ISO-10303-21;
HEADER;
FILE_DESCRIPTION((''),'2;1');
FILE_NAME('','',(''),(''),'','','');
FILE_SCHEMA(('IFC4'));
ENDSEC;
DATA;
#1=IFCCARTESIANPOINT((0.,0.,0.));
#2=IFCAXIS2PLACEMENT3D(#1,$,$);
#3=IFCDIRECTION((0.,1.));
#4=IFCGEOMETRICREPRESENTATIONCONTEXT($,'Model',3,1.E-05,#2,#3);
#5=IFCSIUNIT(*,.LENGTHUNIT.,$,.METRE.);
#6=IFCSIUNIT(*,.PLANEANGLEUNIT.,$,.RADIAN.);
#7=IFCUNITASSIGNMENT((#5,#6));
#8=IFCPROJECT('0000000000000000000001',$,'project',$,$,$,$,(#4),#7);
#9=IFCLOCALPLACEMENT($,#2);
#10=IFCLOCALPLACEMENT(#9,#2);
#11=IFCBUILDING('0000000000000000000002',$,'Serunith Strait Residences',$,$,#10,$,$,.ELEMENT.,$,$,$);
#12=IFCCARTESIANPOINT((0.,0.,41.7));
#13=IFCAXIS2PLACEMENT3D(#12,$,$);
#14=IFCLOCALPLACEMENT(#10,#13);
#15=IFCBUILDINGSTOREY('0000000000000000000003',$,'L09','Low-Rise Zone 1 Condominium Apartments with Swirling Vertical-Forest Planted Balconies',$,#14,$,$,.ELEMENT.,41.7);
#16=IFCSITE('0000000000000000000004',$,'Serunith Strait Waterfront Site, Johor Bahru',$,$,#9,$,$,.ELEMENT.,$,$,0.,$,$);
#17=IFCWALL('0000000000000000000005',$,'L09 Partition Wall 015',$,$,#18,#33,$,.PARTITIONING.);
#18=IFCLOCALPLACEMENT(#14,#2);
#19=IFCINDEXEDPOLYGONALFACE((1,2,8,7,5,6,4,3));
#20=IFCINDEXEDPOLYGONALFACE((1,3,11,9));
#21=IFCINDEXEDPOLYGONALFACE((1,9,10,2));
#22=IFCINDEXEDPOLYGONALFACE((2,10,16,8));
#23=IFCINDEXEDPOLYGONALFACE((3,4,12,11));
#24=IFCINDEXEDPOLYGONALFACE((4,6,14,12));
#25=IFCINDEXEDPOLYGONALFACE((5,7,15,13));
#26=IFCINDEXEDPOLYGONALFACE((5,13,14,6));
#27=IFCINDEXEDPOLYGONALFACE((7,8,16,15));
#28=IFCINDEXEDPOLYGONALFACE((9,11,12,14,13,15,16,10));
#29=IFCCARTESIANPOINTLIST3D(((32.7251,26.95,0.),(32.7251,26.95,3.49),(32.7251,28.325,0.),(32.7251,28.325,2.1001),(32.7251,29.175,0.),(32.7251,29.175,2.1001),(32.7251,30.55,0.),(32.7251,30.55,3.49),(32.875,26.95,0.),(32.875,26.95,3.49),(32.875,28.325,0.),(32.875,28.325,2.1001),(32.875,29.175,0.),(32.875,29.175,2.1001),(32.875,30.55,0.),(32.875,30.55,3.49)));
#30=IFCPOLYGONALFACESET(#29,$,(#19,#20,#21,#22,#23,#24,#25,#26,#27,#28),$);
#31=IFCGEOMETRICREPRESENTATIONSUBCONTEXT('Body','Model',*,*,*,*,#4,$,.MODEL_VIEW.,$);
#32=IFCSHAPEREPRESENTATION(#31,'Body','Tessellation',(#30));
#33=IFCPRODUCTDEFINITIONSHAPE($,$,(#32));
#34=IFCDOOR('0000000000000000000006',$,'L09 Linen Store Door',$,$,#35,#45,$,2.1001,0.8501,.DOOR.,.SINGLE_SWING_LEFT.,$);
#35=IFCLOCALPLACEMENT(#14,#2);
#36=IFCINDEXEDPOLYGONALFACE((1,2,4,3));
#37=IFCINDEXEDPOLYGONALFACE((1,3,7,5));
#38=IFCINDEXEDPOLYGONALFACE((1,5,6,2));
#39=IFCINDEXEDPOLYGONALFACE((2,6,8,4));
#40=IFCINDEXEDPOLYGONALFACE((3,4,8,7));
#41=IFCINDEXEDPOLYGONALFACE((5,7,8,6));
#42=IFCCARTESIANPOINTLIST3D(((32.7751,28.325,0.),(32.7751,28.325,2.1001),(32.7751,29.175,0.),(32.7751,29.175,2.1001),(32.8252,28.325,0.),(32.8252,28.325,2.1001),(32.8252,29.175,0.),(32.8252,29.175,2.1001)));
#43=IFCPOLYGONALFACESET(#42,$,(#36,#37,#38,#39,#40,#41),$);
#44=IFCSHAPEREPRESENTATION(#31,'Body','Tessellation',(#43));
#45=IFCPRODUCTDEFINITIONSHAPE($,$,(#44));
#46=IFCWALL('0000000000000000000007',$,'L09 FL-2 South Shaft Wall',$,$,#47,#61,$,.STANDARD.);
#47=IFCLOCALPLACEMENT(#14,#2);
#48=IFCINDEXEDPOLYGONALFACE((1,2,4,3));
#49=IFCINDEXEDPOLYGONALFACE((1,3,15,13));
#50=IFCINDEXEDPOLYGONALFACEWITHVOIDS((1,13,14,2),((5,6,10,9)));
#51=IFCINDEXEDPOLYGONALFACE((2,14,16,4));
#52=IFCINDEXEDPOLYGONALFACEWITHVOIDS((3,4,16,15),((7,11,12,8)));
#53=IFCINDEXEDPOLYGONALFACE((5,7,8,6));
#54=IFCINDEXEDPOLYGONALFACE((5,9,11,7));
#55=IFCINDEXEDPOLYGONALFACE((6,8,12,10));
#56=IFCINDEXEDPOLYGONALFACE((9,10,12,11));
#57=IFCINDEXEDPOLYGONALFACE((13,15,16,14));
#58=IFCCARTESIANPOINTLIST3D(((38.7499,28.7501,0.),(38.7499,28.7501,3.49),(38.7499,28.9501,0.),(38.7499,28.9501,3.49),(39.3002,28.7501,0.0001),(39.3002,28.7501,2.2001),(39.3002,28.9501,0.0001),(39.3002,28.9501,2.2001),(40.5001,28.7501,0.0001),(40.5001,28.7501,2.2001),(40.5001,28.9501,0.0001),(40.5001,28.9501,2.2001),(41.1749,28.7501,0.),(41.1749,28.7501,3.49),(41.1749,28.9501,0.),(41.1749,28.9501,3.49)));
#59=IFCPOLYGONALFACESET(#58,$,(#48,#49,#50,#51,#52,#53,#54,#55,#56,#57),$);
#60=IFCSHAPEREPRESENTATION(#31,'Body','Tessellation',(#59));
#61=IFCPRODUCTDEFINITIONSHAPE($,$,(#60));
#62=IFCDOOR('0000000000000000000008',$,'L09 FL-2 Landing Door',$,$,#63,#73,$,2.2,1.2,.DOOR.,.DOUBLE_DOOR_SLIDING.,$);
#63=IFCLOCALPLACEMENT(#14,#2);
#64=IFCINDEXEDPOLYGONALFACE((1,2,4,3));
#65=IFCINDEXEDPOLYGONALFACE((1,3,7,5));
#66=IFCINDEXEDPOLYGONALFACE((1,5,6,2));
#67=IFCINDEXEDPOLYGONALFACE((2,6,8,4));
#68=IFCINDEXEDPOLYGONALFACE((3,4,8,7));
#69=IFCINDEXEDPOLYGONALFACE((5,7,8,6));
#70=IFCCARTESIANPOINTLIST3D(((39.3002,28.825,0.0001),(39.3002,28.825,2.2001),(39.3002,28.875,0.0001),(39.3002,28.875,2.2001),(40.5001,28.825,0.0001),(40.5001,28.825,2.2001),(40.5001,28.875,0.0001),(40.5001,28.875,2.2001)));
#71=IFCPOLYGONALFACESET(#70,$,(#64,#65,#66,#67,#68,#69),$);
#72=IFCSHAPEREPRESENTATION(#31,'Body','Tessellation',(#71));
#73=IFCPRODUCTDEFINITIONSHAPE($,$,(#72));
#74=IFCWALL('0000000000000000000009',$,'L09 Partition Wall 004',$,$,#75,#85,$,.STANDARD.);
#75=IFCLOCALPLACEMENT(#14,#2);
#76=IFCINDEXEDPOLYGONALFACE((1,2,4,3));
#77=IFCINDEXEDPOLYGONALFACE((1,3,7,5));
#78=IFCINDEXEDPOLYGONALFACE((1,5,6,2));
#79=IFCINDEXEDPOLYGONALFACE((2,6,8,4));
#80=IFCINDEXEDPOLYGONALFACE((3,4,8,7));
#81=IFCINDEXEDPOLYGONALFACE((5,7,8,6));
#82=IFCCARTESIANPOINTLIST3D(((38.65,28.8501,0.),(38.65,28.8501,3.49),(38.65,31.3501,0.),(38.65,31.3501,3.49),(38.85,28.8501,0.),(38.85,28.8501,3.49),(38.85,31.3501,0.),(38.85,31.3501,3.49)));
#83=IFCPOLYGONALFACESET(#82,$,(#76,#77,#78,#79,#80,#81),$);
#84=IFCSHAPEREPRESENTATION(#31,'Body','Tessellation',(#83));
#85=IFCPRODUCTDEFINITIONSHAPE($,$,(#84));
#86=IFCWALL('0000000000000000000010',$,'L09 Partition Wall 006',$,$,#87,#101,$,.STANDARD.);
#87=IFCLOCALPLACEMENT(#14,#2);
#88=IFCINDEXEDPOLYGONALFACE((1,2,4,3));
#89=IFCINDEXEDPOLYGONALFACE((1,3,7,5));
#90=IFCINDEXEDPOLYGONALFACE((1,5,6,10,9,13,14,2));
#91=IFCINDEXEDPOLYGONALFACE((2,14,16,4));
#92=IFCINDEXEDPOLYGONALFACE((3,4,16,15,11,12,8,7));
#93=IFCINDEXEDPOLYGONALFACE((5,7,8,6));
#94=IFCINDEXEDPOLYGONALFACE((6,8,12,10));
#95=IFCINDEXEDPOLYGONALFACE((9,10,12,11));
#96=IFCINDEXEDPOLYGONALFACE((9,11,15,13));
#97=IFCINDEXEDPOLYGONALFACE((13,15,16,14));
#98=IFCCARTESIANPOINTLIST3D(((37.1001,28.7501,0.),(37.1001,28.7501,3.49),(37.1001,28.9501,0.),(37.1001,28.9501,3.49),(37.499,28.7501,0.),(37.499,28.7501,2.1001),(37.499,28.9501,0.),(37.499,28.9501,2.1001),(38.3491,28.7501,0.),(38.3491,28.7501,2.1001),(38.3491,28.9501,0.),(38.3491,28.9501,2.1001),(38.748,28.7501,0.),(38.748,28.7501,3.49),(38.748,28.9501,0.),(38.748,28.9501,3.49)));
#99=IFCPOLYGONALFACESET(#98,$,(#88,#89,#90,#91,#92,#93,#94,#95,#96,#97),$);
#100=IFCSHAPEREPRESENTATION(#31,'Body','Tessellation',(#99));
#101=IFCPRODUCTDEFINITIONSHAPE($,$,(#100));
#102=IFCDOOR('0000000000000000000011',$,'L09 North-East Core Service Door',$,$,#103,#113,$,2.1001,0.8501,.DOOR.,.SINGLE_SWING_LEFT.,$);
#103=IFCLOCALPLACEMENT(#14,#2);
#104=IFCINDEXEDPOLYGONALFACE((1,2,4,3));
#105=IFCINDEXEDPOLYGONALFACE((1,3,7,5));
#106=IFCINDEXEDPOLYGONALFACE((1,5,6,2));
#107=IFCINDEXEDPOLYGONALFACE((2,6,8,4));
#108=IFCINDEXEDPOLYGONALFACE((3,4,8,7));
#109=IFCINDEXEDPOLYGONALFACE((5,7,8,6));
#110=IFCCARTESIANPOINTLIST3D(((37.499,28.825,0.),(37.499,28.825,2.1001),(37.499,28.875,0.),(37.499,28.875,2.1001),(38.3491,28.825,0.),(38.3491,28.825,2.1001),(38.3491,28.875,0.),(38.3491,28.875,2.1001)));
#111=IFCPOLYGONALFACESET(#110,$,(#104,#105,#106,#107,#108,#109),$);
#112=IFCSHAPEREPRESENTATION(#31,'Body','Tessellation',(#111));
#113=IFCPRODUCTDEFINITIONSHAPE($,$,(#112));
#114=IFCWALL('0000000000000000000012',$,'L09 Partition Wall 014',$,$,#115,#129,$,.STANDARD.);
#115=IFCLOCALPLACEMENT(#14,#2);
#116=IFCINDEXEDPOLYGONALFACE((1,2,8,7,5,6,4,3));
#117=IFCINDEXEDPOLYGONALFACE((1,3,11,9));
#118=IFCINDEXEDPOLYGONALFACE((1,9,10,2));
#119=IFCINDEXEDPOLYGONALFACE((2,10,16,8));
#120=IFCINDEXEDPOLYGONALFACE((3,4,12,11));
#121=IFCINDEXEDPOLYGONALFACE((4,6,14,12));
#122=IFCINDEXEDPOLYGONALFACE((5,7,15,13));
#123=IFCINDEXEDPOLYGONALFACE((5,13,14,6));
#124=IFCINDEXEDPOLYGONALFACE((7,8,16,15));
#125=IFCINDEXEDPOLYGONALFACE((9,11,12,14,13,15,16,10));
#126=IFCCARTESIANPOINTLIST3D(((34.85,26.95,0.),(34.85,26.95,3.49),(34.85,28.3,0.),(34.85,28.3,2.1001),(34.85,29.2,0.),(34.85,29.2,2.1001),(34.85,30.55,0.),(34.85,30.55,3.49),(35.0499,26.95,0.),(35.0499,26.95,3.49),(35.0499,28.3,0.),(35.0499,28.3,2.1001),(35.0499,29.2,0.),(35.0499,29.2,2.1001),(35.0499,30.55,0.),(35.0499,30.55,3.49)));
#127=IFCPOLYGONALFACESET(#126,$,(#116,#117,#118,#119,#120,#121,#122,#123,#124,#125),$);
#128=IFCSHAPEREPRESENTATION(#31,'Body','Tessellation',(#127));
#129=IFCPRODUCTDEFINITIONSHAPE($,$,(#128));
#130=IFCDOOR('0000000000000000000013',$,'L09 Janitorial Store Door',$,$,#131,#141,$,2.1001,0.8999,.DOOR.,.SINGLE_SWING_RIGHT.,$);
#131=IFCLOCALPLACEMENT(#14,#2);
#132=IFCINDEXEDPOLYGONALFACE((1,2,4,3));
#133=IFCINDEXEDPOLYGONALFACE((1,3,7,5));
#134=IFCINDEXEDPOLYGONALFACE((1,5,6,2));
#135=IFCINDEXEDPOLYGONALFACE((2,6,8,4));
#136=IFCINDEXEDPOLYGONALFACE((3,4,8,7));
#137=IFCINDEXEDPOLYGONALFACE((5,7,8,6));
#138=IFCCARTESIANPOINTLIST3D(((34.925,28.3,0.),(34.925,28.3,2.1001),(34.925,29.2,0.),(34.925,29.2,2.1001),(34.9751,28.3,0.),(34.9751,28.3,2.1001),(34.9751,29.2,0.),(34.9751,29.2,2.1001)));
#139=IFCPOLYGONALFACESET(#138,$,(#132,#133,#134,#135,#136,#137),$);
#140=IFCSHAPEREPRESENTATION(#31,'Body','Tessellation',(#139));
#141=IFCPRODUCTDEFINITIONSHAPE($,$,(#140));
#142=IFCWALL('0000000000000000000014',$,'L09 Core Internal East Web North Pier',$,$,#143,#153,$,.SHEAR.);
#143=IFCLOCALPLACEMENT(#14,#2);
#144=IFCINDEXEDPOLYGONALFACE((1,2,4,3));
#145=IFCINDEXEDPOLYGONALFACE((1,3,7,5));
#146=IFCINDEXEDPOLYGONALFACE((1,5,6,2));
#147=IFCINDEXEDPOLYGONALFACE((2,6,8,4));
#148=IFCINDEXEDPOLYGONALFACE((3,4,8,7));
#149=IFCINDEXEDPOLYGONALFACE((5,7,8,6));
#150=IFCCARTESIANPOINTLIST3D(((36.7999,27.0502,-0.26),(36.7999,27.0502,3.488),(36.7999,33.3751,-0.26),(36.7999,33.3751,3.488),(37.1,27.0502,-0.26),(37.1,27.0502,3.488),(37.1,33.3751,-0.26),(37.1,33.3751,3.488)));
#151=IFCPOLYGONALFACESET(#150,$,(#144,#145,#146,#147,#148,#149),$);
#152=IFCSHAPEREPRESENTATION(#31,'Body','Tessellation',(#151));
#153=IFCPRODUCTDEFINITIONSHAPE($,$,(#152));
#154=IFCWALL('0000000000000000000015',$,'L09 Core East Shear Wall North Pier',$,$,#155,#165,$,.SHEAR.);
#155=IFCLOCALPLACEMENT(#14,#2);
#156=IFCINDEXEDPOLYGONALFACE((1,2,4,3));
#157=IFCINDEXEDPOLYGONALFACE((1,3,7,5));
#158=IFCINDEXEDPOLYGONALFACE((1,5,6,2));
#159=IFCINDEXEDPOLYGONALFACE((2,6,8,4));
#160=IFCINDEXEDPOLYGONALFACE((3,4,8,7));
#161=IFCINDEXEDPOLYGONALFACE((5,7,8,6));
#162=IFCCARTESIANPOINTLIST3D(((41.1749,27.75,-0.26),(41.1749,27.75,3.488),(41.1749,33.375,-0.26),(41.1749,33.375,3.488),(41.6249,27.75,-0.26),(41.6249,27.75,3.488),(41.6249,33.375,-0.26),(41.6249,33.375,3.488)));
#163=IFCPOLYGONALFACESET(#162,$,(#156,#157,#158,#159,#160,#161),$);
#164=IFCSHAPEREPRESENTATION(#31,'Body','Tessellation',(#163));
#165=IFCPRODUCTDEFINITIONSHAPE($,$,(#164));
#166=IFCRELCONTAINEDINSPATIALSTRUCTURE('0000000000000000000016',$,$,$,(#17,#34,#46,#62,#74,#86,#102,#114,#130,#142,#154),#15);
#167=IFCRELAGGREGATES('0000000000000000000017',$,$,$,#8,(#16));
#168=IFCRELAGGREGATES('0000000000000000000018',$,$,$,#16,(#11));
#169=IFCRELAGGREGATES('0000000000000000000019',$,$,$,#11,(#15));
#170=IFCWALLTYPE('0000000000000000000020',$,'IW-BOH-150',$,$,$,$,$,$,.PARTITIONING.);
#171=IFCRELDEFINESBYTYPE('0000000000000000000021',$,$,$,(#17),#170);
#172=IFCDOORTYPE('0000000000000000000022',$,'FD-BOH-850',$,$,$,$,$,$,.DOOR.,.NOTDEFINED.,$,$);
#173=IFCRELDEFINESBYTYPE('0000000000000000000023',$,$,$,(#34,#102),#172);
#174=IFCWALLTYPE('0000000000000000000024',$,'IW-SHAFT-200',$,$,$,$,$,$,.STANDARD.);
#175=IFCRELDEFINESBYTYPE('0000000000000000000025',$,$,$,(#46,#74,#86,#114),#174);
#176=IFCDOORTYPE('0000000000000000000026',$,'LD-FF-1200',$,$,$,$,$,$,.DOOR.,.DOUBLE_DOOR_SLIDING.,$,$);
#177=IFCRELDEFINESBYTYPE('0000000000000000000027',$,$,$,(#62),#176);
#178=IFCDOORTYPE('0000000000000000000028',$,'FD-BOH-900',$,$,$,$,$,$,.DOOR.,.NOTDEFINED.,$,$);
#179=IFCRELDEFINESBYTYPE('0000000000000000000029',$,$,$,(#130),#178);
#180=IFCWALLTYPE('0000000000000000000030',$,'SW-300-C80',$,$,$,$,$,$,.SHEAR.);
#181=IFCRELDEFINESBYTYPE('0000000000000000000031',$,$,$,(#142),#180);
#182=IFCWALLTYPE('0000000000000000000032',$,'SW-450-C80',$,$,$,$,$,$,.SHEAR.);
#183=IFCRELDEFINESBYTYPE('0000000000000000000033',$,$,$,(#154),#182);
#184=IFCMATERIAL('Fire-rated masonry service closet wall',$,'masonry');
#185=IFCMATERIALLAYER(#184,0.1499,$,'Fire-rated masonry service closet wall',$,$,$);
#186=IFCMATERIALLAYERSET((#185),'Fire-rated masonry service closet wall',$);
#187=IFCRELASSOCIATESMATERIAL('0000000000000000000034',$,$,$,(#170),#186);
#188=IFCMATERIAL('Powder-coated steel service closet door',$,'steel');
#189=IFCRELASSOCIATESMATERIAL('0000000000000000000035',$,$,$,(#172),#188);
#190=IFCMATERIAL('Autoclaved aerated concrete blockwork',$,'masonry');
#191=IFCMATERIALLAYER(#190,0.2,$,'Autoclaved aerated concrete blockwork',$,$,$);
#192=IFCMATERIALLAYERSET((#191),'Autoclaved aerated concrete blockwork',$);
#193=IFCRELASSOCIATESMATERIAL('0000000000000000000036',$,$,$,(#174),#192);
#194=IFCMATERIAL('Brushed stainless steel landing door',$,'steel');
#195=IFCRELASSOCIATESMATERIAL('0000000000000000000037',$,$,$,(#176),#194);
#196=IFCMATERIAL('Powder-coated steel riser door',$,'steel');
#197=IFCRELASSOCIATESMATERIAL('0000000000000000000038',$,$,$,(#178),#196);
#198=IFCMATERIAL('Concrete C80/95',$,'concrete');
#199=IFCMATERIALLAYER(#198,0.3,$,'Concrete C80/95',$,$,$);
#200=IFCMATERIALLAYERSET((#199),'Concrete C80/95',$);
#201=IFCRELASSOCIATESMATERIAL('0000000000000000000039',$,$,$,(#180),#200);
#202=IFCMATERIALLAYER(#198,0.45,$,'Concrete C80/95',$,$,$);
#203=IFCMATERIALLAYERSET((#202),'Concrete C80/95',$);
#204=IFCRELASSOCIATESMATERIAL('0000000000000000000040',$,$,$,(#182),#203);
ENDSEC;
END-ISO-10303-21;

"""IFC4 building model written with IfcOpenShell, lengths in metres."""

from ifc_helpers import new_model, si_unit, direction, frame, frame_2d, origin, place, context, subcontext, project, spatial, rectangle, extrude, source, transform, mapped, material, layer, layer_set, type_object, element, fill, save


model = new_model("IFC4")

# Units and contexts
model_context = context("Model", 3, precision=1e-05, world=origin(), true_north=direction((0.0, 1.0)))
body_context = subcontext(model_context, "Body", "Model", "MODEL_VIEW")
ifc_project = project(units=[si_unit("LENGTHUNIT", "METRE"), si_unit("PLANEANGLEUNIT", "RADIAN")], contexts=[model_context])

# Site, building, storey
site_placement = place(None, origin())
site = spatial("IfcSite", under=ifc_project, at=site_placement, Name="Serunith Strait Waterfront Site, Johor Bahru", CompositionType="ELEMENT", RefElevation=0.0)
building_placement = place(site_placement, origin())
building = spatial("IfcBuilding", under=site, at=building_placement, Name="Serunith Strait Residences", CompositionType="ELEMENT")
storey_placement = place(building_placement, frame((0.0, 0.0, 41.7)))
storey = spatial("IfcBuildingStorey", under=building, at=storey_placement, Name="L09", Description="Low-Rise Zone 1 Condominium Apartments with Swirling Vertical-Forest Planted Balconies", CompositionType="ELEMENT", Elevation=41.7)

# Walls, openings, doors
ifc_material_1 = material(Name="Fire-rated masonry service closet wall", Category="masonry")
ifc_layer_1 = layer(ifc_material_1, 0.1499, Name="Fire-rated masonry service closet wall")
ifc_layer_set_1 = layer_set([ifc_layer_1], Name="Fire-rated masonry service closet wall")
wall_type_1 = type_object("IfcWallType", Name="IW-BOH-150", PredefinedType="PARTITIONING", material=ifc_layer_set_1)
wall_1_placement = place(storey_placement, frame((32.8, 26.95, 0.0), z_axis=(0.0, 0.0, 1.0), x_axis=(0.0, 1.0, 0.0)))
wall_1 = element("IfcWall", 1, at=wall_1_placement, inside=storey, type_object=wall_type_1, Name="L09 Partition Wall 015", PredefinedType="PARTITIONING", context=body_context, shape_type="SweptSolid", body=[
    extrude(rectangle(XDim=3.6001, YDim=0.1499, at=frame_2d((1.8, 0.0))), origin(), (0.0, 0.0, 1.0), 3.49),
])
opening_1_placement = place(wall_1_placement, frame((1.375, 0.0, 0.0)))
opening_1 = element("IfcOpeningElement", 2, at=opening_1_placement, cuts=wall_1, PredefinedType="OPENING", context=body_context, shape_type="SweptSolid", body=[
    extrude(rectangle(XDim=0.8501, YDim=2.1001, at=frame_2d((0.425, 1.05))), frame((0.0, 0.085, 0.0), z_axis=(0.0, -1.0, 0.0), x_axis=(1.0, 0.0, 0.0)), (0.0, 0.0, 1.0), 0.1699),
])
ifc_material_2 = material(Name="Powder-coated steel service closet door", Category="steel")
door_type_1 = type_object("IfcDoorType", Name="FD-BOH-850", OperationType="NOTDEFINED", PredefinedType="DOOR", material=ifc_material_2)
shared_shape_1 = source(origin(), body_context, "Body", "SweptSolid", [
    extrude(rectangle(XDim=0.8501, YDim=2.1001, at=frame_2d((0.425, 1.05))), frame((0.0, 0.0249, 0.0), z_axis=(0.0, -1.0, 0.0), x_axis=(1.0, 0.0, 0.0)), (0.0, 0.0, 1.0), 0.05),
])
door_1_placement = place(opening_1_placement, origin())
door_1 = element("IfcDoor", 3, at=door_1_placement, inside=storey, type_object=door_type_1, Name="L09 Linen Store Door", OperationType="SINGLE_SWING_LEFT", OverallHeight=2.1001, OverallWidth=0.8501, PredefinedType="DOOR", context=body_context, shape_type="MappedRepresentation", body=[
    mapped(shared_shape_1, transform((0.0, 0.0, 0.0), scale=1.0)),
])
fill(opening_1, door_1)
ifc_material_3 = material(Name="Autoclaved aerated concrete blockwork", Category="masonry")
ifc_layer_2 = layer(ifc_material_3, 0.2, Name="Autoclaved aerated concrete blockwork")
ifc_layer_set_2 = layer_set([ifc_layer_2], Name="Autoclaved aerated concrete blockwork")
wall_type_2 = type_object("IfcWallType", Name="IW-SHAFT-200", PredefinedType="STANDARD", material=ifc_layer_set_2)
wall_2_placement = place(storey_placement, frame((38.75, 28.8501, 0.0), z_axis=(0.0, 0.0, 1.0), x_axis=(1.0, 0.0, 0.0)))
wall_2 = element("IfcWall", 4, at=wall_2_placement, inside=storey, type_object=wall_type_2, Name="L09 FL-2 South Shaft Wall", PredefinedType="STANDARD", context=body_context, shape_type="SweptSolid", body=[
    extrude(rectangle(XDim=2.425, YDim=0.2, at=frame_2d((1.2124, 0.0))), origin(), (0.0, 0.0, 1.0), 3.49),
])
opening_2_placement = place(wall_2_placement, frame((0.55, 0.0, 0.0)))
opening_2 = element("IfcOpeningElement", 5, at=opening_2_placement, cuts=wall_2, PredefinedType="OPENING", context=body_context, shape_type="SweptSolid", body=[
    extrude(rectangle(XDim=1.2, YDim=2.2, at=frame_2d((0.6001, 1.1001))), frame((0.0, 0.1099, 0.0), z_axis=(0.0, -1.0, 0.0), x_axis=(1.0, 0.0, 0.0)), (0.0, 0.0, 1.0), 0.22),
])
ifc_material_4 = material(Name="Brushed stainless steel landing door", Category="steel")
door_type_2 = type_object("IfcDoorType", Name="LD-FF-1200", OperationType="DOUBLE_DOOR_SLIDING", PredefinedType="DOOR", material=ifc_material_4)
shared_shape_2 = source(origin(), body_context, "Body", "SweptSolid", [
    extrude(rectangle(XDim=1.2, YDim=2.2, at=frame_2d((0.6001, 1.1001))), frame((0.0, 0.0249, 0.0), z_axis=(0.0, -1.0, 0.0), x_axis=(1.0, 0.0, 0.0)), (0.0, 0.0, 1.0), 0.05),
])
door_2_placement = place(opening_2_placement, origin())
door_2 = element("IfcDoor", 6, at=door_2_placement, inside=storey, type_object=door_type_2, Name="L09 FL-2 Landing Door", OperationType="DOUBLE_DOOR_SLIDING", OverallHeight=2.2, OverallWidth=1.2, PredefinedType="DOOR", context=body_context, shape_type="MappedRepresentation", body=[
    mapped(shared_shape_2, transform((0.0, 0.0, 0.0), scale=1.0)),
])
fill(opening_2, door_2)

# Wall
wall_3_placement = place(storey_placement, frame((38.75, 28.8501, 0.0), z_axis=(0.0, 0.0, 1.0), x_axis=(0.0, 1.0, 0.0)))
element("IfcWall", 7, at=wall_3_placement, inside=storey, type_object=wall_type_2, Name="L09 Partition Wall 004", PredefinedType="STANDARD", context=body_context, shape_type="SweptSolid", body=[
    extrude(rectangle(XDim=2.5, YDim=0.2, at=frame_2d((1.25, 0.0))), origin(), (0.0, 0.0, 1.0), 3.49),
])

# Walls, openings, doors
wall_4_placement = place(storey_placement, frame((37.1001, 28.8501, 0.0), z_axis=(0.0, 0.0, 1.0), x_axis=(1.0, 0.0, 0.0)))
wall_4 = element("IfcWall", 8, at=wall_4_placement, inside=storey, type_object=wall_type_2, Name="L09 Partition Wall 006", PredefinedType="STANDARD", context=body_context, shape_type="SweptSolid", body=[
    extrude(rectangle(XDim=1.6479, YDim=0.2, at=frame_2d((0.824, 0.0))), origin(), (0.0, 0.0, 1.0), 3.49),
])
opening_3_placement = place(wall_4_placement, frame((0.3989, 0.0, 0.0)))
opening_3 = element("IfcOpeningElement", 9, at=opening_3_placement, cuts=wall_4, PredefinedType="OPENING", context=body_context, shape_type="SweptSolid", body=[
    extrude(rectangle(XDim=0.8501, YDim=2.1001, at=frame_2d((0.425, 1.05))), frame((0.0, 0.1099, 0.0), z_axis=(0.0, -1.0, 0.0), x_axis=(1.0, 0.0, 0.0)), (0.0, 0.0, 1.0), 0.22),
])
door_3_placement = place(opening_3_placement, origin())
door_3 = element("IfcDoor", 10, at=door_3_placement, inside=storey, type_object=door_type_1, Name="L09 North-East Core Service Door", OperationType="SINGLE_SWING_LEFT", OverallHeight=2.1001, OverallWidth=0.8501, PredefinedType="DOOR", context=body_context, shape_type="MappedRepresentation", body=[
    mapped(shared_shape_1, transform((0.0, 0.0, 0.0), scale=1.0)),
])
fill(opening_3, door_3)
wall_5_placement = place(storey_placement, frame((34.95, 26.95, 0.0), z_axis=(0.0, 0.0, 1.0), x_axis=(0.0, 1.0, 0.0)))
wall_5 = element("IfcWall", 11, at=wall_5_placement, inside=storey, type_object=wall_type_2, Name="L09 Partition Wall 014", PredefinedType="STANDARD", context=body_context, shape_type="SweptSolid", body=[
    extrude(rectangle(XDim=3.6001, YDim=0.2, at=frame_2d((1.8, 0.0))), origin(), (0.0, 0.0, 1.0), 3.49),
])
opening_4_placement = place(wall_5_placement, frame((1.3501, 0.0, 0.0)))
opening_4 = element("IfcOpeningElement", 12, at=opening_4_placement, cuts=wall_5, PredefinedType="OPENING", context=body_context, shape_type="SweptSolid", body=[
    extrude(rectangle(XDim=0.8999, YDim=2.1001, at=frame_2d((0.45, 1.05))), frame((0.0, 0.1099, 0.0), z_axis=(0.0, -1.0, 0.0), x_axis=(1.0, 0.0, 0.0)), (0.0, 0.0, 1.0), 0.22),
])
ifc_material_5 = material(Name="Powder-coated steel riser door", Category="steel")
door_type_3 = type_object("IfcDoorType", Name="FD-BOH-900", OperationType="NOTDEFINED", PredefinedType="DOOR", material=ifc_material_5)
shared_shape_3 = source(origin(), body_context, "Body", "SweptSolid", [
    extrude(rectangle(XDim=0.8999, YDim=2.1001, at=frame_2d((0.45, 1.05))), frame((0.0, 0.0249, 0.0), z_axis=(0.0, -1.0, 0.0), x_axis=(1.0, 0.0, 0.0)), (0.0, 0.0, 1.0), 0.05),
])
door_4_placement = place(opening_4_placement, origin())
door_4 = element("IfcDoor", 13, at=door_4_placement, inside=storey, type_object=door_type_3, Name="L09 Janitorial Store Door", OperationType="SINGLE_SWING_RIGHT", OverallHeight=2.1001, OverallWidth=0.8999, PredefinedType="DOOR", context=body_context, shape_type="MappedRepresentation", body=[
    mapped(shared_shape_3, transform((0.0, 0.0, 0.0), scale=1.0)),
])
fill(opening_4, door_4)

# Walls
ifc_material_6 = material(Name="Concrete C80/95", Category="concrete")
ifc_layer_3 = layer(ifc_material_6, 0.3, Name="Concrete C80/95")
ifc_layer_set_3 = layer_set([ifc_layer_3], Name="Concrete C80/95")
wall_type_3 = type_object("IfcWallType", Name="SW-300-C80", PredefinedType="SHEAR", material=ifc_layer_set_3)
wall_6_placement = place(storey_placement, frame((36.95, 27.05, -0.26), z_axis=(0.0, 0.0, 1.0), x_axis=(0.0, 1.0, 0.0)))
element("IfcWall", 14, at=wall_6_placement, inside=storey, type_object=wall_type_3, Name="L09 Core Internal East Web North Pier", PredefinedType="SHEAR", context=body_context, shape_type="SweptSolid", body=[
    extrude(rectangle(XDim=6.325, YDim=0.3, at=frame_2d((3.1626, 0.0))), origin(), (0.0, 0.0, 1.0), 3.748),
])
ifc_layer_4 = layer(ifc_material_6, 0.45, Name="Concrete C80/95")
ifc_layer_set_4 = layer_set([ifc_layer_4], Name="Concrete C80/95")
wall_type_4 = type_object("IfcWallType", Name="SW-450-C80", PredefinedType="SHEAR", material=ifc_layer_set_4)
wall_7_placement = place(storey_placement, frame((41.3999, 27.75, -0.26), z_axis=(0.0, 0.0, 1.0), x_axis=(0.0, 1.0, 0.0)))
element("IfcWall", 15, at=wall_7_placement, inside=storey, type_object=wall_type_4, Name="L09 Core East Shear Wall North Pier", PredefinedType="SHEAR", context=body_context, shape_type="SweptSolid", body=[
    extrude(rectangle(XDim=5.625, YDim=0.45, at=frame_2d((2.8125, 0.0))), origin(), (0.0, 0.0, 1.0), 3.748),
])

save(model, "model.ifc")
